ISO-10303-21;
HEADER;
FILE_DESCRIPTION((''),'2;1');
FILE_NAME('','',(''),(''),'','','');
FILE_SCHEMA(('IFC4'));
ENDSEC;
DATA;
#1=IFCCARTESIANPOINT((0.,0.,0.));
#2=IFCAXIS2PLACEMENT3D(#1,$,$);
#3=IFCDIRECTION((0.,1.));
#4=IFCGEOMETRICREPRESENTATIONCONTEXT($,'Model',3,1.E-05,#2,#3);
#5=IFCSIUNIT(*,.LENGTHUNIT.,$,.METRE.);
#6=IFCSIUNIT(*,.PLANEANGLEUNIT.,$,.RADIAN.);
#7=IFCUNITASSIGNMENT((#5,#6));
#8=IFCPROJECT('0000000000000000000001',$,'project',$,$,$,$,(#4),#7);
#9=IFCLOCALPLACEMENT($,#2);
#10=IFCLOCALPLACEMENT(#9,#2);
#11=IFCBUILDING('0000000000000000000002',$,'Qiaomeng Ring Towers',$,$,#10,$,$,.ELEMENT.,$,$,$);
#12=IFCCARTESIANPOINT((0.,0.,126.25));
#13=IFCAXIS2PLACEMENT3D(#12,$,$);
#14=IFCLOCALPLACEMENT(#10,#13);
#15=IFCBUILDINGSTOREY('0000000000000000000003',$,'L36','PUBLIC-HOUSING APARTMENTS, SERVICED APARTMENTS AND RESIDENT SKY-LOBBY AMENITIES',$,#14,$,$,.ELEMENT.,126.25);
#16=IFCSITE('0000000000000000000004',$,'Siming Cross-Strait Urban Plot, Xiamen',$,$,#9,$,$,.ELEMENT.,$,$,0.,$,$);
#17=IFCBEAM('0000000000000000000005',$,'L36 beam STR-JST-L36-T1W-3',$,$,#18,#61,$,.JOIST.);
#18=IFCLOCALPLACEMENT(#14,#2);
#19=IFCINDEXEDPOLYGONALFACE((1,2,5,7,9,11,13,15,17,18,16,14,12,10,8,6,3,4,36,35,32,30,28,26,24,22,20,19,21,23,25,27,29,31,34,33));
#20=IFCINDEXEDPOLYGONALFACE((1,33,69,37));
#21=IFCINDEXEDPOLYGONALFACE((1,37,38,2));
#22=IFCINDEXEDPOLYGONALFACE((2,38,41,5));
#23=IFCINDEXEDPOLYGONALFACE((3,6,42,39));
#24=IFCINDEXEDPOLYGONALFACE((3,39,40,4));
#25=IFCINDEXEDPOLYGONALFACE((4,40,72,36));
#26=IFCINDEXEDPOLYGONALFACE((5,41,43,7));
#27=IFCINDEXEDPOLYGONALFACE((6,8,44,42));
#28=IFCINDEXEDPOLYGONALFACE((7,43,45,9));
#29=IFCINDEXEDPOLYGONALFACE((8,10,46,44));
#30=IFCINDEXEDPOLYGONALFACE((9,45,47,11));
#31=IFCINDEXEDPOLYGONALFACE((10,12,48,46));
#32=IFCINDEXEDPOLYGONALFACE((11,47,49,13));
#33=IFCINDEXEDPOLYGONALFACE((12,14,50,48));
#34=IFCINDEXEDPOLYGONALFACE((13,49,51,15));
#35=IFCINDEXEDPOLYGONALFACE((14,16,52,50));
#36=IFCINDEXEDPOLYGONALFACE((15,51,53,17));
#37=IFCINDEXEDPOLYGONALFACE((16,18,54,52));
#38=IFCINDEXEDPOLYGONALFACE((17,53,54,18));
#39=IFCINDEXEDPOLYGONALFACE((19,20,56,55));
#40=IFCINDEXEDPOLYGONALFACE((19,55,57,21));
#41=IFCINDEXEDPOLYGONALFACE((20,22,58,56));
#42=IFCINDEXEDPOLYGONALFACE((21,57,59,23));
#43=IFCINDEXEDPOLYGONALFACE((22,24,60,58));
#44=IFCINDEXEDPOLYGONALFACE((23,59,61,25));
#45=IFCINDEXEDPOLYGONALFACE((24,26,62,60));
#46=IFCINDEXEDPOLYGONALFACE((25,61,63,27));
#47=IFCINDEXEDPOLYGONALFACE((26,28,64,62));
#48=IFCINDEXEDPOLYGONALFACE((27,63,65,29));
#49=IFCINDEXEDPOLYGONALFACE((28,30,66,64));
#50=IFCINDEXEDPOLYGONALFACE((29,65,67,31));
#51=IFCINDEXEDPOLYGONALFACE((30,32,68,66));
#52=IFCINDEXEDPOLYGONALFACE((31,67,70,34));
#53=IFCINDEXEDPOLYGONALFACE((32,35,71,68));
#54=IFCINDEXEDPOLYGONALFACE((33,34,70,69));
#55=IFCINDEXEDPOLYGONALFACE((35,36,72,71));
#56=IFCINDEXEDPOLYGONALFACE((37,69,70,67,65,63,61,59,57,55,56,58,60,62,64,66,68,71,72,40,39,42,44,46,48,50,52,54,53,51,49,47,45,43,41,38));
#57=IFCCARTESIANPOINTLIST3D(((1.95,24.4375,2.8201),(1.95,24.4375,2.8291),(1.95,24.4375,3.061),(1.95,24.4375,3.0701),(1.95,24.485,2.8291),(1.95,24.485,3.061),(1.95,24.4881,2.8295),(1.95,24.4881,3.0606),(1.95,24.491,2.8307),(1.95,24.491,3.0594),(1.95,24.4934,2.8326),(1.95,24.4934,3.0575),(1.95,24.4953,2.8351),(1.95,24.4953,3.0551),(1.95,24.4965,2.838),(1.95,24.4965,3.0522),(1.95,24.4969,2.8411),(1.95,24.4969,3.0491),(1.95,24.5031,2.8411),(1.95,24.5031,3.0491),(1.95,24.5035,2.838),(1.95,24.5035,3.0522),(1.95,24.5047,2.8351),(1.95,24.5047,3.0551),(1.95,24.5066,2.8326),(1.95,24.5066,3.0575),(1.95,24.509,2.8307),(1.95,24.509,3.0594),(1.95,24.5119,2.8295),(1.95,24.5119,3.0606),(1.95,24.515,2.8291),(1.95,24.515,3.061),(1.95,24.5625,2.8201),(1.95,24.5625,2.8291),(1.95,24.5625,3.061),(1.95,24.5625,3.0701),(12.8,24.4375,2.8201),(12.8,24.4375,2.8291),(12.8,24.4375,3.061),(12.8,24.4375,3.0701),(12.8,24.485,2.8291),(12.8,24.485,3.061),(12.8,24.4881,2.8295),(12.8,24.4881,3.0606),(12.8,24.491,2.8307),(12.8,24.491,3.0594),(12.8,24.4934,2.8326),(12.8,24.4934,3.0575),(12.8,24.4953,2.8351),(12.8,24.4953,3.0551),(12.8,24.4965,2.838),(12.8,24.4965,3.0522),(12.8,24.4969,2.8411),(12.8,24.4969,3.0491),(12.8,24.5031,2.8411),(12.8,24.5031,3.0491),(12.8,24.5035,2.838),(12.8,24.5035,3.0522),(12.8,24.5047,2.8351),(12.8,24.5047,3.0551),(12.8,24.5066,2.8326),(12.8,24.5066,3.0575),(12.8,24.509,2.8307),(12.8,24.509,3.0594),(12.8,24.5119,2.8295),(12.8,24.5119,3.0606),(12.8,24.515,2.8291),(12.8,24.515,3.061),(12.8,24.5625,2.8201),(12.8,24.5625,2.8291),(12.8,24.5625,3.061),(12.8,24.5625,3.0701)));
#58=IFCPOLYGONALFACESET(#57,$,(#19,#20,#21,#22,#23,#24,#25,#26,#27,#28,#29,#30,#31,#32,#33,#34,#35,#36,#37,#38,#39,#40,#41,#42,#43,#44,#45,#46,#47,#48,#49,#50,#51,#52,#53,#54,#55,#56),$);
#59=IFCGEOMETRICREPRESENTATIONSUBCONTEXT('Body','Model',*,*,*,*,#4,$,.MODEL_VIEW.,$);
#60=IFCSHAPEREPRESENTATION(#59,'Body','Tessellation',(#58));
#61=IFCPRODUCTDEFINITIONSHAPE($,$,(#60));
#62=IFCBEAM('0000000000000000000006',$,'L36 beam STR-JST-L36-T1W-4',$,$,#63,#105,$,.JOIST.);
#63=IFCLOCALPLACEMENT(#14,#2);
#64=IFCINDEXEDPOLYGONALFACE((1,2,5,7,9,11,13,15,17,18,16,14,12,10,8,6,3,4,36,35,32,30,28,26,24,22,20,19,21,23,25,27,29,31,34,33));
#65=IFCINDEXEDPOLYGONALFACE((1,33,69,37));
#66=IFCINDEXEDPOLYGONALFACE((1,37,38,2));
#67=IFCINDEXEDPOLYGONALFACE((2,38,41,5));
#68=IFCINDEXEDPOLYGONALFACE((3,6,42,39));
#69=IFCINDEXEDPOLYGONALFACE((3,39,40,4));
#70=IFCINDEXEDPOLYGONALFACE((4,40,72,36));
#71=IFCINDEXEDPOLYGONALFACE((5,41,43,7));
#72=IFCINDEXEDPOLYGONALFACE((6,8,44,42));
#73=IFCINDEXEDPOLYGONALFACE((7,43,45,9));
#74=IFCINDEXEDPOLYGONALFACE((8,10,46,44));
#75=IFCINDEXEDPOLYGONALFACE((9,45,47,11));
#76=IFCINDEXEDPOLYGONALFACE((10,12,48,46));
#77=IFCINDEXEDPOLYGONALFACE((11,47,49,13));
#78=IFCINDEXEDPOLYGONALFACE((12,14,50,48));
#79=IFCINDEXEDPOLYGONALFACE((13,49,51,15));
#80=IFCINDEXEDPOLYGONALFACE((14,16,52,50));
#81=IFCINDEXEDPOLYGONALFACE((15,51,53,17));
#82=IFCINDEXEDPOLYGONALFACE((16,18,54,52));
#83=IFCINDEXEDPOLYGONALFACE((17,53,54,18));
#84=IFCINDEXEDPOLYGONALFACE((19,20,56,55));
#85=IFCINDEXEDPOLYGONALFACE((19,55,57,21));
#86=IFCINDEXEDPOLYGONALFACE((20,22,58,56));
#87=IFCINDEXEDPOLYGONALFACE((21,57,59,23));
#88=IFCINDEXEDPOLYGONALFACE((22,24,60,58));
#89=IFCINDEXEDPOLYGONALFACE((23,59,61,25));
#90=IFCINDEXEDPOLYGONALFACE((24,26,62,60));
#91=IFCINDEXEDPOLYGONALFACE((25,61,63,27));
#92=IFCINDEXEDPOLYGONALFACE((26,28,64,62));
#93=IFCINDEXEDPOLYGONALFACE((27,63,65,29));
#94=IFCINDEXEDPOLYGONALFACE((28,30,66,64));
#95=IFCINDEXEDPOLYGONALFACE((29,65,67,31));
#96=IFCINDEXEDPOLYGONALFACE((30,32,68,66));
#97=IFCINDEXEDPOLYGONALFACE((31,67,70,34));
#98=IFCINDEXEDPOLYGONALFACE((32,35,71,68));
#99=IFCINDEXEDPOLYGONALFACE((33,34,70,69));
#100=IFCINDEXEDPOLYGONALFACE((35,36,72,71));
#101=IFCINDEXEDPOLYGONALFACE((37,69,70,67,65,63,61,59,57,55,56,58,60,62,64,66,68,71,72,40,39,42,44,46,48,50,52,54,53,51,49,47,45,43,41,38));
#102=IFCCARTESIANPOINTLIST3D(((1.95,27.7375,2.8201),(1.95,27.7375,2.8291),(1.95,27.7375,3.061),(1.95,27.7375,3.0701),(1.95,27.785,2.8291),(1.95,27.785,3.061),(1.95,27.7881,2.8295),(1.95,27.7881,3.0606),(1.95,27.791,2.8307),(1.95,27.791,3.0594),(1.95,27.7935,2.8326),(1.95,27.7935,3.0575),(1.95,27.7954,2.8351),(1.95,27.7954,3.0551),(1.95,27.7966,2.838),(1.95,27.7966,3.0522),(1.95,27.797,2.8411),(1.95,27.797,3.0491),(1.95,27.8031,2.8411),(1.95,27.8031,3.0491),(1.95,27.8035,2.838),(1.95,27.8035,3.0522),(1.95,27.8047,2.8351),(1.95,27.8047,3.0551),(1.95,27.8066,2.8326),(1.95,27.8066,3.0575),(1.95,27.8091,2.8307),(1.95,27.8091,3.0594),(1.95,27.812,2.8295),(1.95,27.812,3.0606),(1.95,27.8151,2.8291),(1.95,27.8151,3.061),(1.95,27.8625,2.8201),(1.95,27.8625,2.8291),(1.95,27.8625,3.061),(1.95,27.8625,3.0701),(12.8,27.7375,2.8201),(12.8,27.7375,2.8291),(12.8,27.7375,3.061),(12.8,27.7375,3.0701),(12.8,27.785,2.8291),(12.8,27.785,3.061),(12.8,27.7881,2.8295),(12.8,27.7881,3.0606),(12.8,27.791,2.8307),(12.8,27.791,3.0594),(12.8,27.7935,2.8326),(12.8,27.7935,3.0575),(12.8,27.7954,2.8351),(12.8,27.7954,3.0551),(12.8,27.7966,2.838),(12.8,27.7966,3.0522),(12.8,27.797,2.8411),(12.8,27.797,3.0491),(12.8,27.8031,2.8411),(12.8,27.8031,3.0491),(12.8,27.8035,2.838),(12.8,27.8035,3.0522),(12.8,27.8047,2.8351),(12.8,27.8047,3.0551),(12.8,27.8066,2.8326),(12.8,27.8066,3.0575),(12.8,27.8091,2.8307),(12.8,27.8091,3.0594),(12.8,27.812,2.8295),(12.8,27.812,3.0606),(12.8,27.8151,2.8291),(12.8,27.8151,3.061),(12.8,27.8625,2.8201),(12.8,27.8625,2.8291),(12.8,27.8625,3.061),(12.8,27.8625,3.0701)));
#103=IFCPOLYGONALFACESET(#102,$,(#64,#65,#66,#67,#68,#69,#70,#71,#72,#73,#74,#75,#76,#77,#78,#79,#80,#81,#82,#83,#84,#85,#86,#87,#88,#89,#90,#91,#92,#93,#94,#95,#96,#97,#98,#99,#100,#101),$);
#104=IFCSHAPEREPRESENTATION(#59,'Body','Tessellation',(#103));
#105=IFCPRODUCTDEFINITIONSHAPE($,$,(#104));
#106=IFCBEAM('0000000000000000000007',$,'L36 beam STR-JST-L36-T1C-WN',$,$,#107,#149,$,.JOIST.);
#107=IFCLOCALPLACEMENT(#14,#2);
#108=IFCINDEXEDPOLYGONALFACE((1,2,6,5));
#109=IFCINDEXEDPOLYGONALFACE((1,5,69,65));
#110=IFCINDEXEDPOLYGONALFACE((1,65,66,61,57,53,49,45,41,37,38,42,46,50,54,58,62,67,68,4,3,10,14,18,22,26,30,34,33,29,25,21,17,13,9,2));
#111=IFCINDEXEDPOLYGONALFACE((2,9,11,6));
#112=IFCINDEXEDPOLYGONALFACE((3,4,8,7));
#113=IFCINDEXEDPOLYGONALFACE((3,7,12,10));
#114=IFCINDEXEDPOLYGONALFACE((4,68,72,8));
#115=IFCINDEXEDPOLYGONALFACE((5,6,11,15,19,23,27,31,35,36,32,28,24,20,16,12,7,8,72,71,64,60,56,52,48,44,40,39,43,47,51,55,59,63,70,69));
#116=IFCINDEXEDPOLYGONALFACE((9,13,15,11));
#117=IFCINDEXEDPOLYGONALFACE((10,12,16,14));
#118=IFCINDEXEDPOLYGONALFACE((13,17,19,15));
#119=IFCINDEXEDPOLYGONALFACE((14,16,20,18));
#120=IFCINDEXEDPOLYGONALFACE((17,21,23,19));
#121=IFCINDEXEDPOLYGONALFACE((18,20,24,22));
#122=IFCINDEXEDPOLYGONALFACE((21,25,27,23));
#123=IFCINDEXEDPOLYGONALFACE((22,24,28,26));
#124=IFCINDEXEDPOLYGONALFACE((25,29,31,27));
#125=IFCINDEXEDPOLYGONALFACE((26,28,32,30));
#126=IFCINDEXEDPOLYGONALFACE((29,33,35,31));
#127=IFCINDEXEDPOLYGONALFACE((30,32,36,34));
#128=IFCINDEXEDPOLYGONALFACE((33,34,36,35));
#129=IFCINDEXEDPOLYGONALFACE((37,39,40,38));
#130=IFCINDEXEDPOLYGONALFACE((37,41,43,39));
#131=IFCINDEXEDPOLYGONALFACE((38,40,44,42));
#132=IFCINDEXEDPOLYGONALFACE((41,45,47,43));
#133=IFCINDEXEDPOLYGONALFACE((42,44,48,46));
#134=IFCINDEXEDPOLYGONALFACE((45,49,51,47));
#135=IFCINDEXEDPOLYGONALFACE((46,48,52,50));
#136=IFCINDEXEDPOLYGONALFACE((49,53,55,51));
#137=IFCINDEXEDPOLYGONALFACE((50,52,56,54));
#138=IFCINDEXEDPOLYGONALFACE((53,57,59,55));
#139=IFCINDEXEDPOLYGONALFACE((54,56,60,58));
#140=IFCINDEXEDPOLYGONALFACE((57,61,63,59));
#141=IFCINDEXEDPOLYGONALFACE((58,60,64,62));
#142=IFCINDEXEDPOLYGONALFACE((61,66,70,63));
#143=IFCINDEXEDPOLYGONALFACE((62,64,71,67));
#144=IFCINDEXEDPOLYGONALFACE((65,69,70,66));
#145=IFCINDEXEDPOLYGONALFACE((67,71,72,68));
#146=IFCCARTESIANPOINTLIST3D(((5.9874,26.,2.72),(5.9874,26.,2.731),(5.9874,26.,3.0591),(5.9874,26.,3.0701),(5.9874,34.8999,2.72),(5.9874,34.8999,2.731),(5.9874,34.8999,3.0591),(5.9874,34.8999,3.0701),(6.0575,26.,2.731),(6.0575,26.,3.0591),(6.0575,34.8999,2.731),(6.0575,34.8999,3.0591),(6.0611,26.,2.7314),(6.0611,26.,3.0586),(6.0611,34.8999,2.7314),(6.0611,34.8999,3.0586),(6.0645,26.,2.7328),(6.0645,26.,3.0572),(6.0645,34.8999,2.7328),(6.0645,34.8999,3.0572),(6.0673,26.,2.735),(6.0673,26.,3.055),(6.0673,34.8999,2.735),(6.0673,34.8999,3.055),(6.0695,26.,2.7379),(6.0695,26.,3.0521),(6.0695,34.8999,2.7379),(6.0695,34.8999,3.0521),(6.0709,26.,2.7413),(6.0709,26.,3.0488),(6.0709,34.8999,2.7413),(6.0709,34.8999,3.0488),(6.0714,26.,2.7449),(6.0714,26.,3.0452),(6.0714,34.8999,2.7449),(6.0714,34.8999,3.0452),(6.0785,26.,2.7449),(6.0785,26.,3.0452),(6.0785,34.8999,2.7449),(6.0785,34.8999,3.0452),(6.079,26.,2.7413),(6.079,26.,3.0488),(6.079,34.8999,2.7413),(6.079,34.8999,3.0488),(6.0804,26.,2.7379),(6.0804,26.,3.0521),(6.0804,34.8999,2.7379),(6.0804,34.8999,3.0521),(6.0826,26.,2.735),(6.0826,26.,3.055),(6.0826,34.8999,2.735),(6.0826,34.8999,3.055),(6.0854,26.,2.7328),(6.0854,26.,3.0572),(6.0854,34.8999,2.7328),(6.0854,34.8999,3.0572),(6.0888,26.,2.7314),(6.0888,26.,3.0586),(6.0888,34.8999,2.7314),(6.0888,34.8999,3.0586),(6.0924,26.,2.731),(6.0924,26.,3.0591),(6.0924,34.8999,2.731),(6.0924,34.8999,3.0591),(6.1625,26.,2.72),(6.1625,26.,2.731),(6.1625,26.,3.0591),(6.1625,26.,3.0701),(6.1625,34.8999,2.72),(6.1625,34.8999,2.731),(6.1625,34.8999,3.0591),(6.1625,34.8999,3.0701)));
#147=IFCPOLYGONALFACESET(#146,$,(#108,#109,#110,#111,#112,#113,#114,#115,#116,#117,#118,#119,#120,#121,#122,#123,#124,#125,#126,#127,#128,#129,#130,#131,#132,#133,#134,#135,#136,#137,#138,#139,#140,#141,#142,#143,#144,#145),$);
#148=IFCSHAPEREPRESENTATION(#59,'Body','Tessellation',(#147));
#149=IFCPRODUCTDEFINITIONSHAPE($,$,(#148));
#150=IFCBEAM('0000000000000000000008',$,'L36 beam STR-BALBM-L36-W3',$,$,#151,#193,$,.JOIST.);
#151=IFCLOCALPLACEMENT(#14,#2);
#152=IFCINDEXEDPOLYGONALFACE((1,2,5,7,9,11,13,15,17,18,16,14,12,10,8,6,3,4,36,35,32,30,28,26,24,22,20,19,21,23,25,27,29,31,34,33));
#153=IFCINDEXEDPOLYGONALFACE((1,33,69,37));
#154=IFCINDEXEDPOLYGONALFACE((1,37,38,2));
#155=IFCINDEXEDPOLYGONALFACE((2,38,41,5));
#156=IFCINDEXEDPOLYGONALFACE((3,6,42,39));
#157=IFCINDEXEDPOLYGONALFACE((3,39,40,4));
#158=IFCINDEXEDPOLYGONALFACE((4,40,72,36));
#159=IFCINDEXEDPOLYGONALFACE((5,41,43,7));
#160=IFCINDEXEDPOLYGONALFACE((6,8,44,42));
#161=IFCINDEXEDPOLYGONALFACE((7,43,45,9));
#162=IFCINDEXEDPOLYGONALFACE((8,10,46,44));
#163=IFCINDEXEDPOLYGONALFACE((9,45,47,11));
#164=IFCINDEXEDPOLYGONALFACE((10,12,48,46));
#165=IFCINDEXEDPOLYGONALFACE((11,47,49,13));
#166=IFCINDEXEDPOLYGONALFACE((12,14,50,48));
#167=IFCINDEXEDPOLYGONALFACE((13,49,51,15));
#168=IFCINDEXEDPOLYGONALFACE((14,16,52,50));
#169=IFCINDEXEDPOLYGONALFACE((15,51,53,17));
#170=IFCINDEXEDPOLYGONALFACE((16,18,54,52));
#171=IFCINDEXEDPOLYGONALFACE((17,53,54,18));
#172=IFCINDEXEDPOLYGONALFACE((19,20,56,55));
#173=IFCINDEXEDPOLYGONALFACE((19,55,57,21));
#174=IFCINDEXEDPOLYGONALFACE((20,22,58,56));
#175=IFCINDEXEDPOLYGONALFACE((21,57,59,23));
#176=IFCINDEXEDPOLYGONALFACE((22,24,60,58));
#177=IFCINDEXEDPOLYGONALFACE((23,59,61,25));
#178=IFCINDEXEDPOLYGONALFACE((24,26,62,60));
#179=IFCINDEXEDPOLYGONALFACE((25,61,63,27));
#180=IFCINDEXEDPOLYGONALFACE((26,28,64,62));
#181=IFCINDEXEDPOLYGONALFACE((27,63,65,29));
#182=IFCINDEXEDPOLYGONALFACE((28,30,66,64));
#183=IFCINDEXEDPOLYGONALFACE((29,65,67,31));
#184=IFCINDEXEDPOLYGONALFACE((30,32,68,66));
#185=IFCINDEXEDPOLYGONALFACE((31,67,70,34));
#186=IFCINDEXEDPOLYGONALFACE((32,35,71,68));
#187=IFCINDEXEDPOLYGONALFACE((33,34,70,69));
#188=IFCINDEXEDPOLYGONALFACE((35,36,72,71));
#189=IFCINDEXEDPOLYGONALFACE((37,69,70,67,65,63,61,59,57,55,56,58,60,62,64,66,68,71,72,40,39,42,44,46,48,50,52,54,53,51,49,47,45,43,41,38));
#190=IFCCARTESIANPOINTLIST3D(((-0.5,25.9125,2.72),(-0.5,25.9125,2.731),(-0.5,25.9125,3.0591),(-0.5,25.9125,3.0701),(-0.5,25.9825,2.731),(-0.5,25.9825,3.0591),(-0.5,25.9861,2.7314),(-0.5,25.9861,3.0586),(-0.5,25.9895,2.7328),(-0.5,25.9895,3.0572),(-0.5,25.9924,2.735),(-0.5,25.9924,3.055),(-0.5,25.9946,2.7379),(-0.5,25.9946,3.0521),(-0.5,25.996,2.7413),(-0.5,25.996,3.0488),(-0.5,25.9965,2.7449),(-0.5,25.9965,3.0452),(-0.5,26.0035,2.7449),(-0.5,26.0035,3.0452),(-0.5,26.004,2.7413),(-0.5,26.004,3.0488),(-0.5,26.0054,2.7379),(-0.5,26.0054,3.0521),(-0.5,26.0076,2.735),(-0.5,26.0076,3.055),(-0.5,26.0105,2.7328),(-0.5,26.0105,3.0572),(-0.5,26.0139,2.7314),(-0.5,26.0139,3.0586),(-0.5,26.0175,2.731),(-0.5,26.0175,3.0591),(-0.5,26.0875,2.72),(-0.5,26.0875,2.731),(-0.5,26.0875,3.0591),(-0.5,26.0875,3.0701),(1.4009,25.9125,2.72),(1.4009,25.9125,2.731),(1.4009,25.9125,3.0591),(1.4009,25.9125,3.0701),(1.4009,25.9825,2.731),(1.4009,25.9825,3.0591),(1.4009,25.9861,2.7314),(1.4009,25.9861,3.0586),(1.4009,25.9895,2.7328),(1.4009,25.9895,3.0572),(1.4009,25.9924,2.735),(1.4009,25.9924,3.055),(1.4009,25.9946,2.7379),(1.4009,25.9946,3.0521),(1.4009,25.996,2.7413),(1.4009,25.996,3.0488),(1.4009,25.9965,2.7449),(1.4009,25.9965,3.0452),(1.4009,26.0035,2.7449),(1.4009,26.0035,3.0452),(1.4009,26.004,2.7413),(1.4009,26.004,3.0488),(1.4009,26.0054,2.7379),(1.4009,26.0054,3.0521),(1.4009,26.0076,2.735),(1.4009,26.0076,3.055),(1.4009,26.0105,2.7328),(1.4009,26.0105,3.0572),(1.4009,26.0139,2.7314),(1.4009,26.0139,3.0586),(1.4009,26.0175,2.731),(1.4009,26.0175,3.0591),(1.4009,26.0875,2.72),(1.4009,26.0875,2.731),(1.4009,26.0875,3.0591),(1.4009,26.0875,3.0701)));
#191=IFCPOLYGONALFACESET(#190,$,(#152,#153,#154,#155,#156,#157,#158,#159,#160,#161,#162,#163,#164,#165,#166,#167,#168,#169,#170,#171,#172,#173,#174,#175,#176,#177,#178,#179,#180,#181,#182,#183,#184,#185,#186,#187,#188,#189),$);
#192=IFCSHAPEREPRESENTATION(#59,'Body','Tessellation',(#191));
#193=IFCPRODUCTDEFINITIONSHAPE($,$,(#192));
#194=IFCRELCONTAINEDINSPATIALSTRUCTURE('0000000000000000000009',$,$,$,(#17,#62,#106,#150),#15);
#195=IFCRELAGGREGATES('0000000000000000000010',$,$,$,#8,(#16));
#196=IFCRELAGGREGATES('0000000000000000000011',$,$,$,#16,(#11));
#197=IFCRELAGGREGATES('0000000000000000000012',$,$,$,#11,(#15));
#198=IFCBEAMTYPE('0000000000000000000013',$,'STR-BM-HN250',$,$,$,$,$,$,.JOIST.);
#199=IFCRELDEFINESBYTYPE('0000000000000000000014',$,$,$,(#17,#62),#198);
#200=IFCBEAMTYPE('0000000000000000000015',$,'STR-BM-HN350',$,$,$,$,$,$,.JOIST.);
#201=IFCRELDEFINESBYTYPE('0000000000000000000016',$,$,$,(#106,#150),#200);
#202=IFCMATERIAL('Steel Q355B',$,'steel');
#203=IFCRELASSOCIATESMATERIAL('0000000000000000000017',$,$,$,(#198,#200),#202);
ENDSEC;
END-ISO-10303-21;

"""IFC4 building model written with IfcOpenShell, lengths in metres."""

from ifc_helpers import new_model, si_unit, direction, frame, origin, origin_2d, place, context, subcontext, project, spatial, i_section, extrude, source, transform, mapped, material, material_profile, profile_set, type_object, element, save


model = new_model("IFC4")

# Units and contexts
model_context = context("Model", 3, precision=1e-05, world=origin(), true_north=direction((0.0, 1.0)))
body_context = subcontext(model_context, "Body", "Model", "MODEL_VIEW")
ifc_project = project(units=[si_unit("LENGTHUNIT", "METRE"), si_unit("PLANEANGLEUNIT", "RADIAN")], contexts=[model_context])

# Site, building, storey
site_placement = place(None, origin())
site = spatial("IfcSite", under=ifc_project, at=site_placement, Name="Siming Cross-Strait Urban Plot, Xiamen", CompositionType="ELEMENT", RefElevation=0.0)
building_placement = place(site_placement, origin())
building = spatial("IfcBuilding", under=site, at=building_placement, Name="Qiaomeng Ring Towers", CompositionType="ELEMENT")
storey_placement = place(building_placement, frame((0.0, 0.0, 126.25)))
storey = spatial("IfcBuildingStorey", under=building, at=storey_placement, Name="L36", Description="PUBLIC-HOUSING APARTMENTS, SERVICED APARTMENTS AND RESIDENT SKY-LOBBY AMENITIES", CompositionType="ELEMENT", Elevation=126.25)

# Beams
ifc_material_1 = material(Name="Steel Q355B", Category="steel")
ifc_material_profile_1 = material_profile(ifc_material_1, i_section(OverallWidth=0.125, OverallDepth=0.25, WebThickness=0.0061, FlangeThickness=0.009, FilletRadius=0.012, at=origin_2d()), Name="HN 250x125x6x9")
ifc_profile_set_1 = profile_set([ifc_material_profile_1], Name="Steel Q355B")
beam_type_1 = type_object("IfcBeamType", Name="STR-BM-HN250", PredefinedType="JOIST", material=ifc_profile_set_1)
shared_shape_1 = source(origin(), body_context, "Body", "SweptSolid", [
    extrude(i_section(OverallWidth=0.125, OverallDepth=0.25, WebThickness=0.0061, FlangeThickness=0.009, FilletRadius=0.012, at=origin_2d()), origin(), (0.0, 0.0, 1.0), 10.8501),
])
for number, where, z_axis, x_axis, name in (
    (1, (1.95, 24.5, 2.9451), (1.0, 0.0, 0.0), (0.0, 1.0, 0.0), "L36 beam STR-JST-L36-T1W-3"),
    (2, (1.95, 27.8, 2.9451), (1.0, 0.0, 0.0), (0.0, 1.0, 0.0), "L36 beam STR-JST-L36-T1W-4"),
):
    element("IfcBeam", number, at=place(storey_placement, frame(where, z_axis=z_axis, x_axis=x_axis)), inside=storey, type_object=beam_type_1, Name=name, PredefinedType="JOIST", context=body_context, shape_type="MappedRepresentation", body=[
        mapped(shared_shape_1, transform((0.0, 0.0, 0.0), x_axis=(1.0, 0.0, 0.0), y_axis=(0.0, 1.0, 0.0), z_axis=(0.0, 0.0, 1.0), scale=1.0)),
    ])
ifc_material_profile_2 = material_profile(ifc_material_1, i_section(OverallWidth=0.175, OverallDepth=0.3501, WebThickness=0.0071, FlangeThickness=0.011, FilletRadius=0.0139, at=origin_2d()), Name="HN 350x175x7x11")
ifc_profile_set_2 = profile_set([ifc_material_profile_2], Name="Steel Q355B")
beam_type_2 = type_object("IfcBeamType", Name="STR-BM-HN350", PredefinedType="JOIST", material=ifc_profile_set_2)
shared_shape_2 = source(origin(), body_context, "Body", "SweptSolid", [
    extrude(i_section(OverallWidth=0.175, OverallDepth=0.3501, WebThickness=0.0071, FlangeThickness=0.011, FilletRadius=0.0139, at=origin_2d()), origin(), (0.0, 0.0, 1.0), 8.8999),
])
beam_1_placement = place(storey_placement, frame((6.075, 26.0, 2.895), z_axis=(0.0, 1.0, 0.0), x_axis=(-1.0, 0.0, 0.0)))
element("IfcBeam", 3, at=beam_1_placement, inside=storey, type_object=beam_type_2, Name="L36 beam STR-JST-L36-T1C-WN", PredefinedType="JOIST", context=body_context, shape_type="MappedRepresentation", body=[
    mapped(shared_shape_2, transform((0.0, 0.0, 0.0), x_axis=(1.0, 0.0, 0.0), y_axis=(0.0, 1.0, 0.0), z_axis=(0.0, 0.0, 1.0), scale=1.0)),
])
shared_shape_3 = source(origin(), body_context, "Body", "SweptSolid", [
    extrude(i_section(OverallWidth=0.175, OverallDepth=0.3501, WebThickness=0.0071, FlangeThickness=0.011, FilletRadius=0.0139, at=origin_2d()), origin(), (0.0, 0.0, 1.0), 1.9009),
])
beam_2_placement = place(storey_placement, frame((-0.5, 26.0, 2.895), z_axis=(1.0, 0.0, 0.0), x_axis=(0.0, 1.0, 0.0)))
element("IfcBeam", 4, at=beam_2_placement, inside=storey, type_object=beam_type_2, Name="L36 beam STR-BALBM-L36-W3", PredefinedType="JOIST", context=body_context, shape_type="MappedRepresentation", body=[
    mapped(shared_shape_3, transform((0.0, 0.0, 0.0), x_axis=(1.0, 0.0, 0.0), y_axis=(0.0, 1.0, 0.0), z_axis=(0.0, 0.0, 1.0), scale=1.0)),
])

save(model, "model.ifc")
